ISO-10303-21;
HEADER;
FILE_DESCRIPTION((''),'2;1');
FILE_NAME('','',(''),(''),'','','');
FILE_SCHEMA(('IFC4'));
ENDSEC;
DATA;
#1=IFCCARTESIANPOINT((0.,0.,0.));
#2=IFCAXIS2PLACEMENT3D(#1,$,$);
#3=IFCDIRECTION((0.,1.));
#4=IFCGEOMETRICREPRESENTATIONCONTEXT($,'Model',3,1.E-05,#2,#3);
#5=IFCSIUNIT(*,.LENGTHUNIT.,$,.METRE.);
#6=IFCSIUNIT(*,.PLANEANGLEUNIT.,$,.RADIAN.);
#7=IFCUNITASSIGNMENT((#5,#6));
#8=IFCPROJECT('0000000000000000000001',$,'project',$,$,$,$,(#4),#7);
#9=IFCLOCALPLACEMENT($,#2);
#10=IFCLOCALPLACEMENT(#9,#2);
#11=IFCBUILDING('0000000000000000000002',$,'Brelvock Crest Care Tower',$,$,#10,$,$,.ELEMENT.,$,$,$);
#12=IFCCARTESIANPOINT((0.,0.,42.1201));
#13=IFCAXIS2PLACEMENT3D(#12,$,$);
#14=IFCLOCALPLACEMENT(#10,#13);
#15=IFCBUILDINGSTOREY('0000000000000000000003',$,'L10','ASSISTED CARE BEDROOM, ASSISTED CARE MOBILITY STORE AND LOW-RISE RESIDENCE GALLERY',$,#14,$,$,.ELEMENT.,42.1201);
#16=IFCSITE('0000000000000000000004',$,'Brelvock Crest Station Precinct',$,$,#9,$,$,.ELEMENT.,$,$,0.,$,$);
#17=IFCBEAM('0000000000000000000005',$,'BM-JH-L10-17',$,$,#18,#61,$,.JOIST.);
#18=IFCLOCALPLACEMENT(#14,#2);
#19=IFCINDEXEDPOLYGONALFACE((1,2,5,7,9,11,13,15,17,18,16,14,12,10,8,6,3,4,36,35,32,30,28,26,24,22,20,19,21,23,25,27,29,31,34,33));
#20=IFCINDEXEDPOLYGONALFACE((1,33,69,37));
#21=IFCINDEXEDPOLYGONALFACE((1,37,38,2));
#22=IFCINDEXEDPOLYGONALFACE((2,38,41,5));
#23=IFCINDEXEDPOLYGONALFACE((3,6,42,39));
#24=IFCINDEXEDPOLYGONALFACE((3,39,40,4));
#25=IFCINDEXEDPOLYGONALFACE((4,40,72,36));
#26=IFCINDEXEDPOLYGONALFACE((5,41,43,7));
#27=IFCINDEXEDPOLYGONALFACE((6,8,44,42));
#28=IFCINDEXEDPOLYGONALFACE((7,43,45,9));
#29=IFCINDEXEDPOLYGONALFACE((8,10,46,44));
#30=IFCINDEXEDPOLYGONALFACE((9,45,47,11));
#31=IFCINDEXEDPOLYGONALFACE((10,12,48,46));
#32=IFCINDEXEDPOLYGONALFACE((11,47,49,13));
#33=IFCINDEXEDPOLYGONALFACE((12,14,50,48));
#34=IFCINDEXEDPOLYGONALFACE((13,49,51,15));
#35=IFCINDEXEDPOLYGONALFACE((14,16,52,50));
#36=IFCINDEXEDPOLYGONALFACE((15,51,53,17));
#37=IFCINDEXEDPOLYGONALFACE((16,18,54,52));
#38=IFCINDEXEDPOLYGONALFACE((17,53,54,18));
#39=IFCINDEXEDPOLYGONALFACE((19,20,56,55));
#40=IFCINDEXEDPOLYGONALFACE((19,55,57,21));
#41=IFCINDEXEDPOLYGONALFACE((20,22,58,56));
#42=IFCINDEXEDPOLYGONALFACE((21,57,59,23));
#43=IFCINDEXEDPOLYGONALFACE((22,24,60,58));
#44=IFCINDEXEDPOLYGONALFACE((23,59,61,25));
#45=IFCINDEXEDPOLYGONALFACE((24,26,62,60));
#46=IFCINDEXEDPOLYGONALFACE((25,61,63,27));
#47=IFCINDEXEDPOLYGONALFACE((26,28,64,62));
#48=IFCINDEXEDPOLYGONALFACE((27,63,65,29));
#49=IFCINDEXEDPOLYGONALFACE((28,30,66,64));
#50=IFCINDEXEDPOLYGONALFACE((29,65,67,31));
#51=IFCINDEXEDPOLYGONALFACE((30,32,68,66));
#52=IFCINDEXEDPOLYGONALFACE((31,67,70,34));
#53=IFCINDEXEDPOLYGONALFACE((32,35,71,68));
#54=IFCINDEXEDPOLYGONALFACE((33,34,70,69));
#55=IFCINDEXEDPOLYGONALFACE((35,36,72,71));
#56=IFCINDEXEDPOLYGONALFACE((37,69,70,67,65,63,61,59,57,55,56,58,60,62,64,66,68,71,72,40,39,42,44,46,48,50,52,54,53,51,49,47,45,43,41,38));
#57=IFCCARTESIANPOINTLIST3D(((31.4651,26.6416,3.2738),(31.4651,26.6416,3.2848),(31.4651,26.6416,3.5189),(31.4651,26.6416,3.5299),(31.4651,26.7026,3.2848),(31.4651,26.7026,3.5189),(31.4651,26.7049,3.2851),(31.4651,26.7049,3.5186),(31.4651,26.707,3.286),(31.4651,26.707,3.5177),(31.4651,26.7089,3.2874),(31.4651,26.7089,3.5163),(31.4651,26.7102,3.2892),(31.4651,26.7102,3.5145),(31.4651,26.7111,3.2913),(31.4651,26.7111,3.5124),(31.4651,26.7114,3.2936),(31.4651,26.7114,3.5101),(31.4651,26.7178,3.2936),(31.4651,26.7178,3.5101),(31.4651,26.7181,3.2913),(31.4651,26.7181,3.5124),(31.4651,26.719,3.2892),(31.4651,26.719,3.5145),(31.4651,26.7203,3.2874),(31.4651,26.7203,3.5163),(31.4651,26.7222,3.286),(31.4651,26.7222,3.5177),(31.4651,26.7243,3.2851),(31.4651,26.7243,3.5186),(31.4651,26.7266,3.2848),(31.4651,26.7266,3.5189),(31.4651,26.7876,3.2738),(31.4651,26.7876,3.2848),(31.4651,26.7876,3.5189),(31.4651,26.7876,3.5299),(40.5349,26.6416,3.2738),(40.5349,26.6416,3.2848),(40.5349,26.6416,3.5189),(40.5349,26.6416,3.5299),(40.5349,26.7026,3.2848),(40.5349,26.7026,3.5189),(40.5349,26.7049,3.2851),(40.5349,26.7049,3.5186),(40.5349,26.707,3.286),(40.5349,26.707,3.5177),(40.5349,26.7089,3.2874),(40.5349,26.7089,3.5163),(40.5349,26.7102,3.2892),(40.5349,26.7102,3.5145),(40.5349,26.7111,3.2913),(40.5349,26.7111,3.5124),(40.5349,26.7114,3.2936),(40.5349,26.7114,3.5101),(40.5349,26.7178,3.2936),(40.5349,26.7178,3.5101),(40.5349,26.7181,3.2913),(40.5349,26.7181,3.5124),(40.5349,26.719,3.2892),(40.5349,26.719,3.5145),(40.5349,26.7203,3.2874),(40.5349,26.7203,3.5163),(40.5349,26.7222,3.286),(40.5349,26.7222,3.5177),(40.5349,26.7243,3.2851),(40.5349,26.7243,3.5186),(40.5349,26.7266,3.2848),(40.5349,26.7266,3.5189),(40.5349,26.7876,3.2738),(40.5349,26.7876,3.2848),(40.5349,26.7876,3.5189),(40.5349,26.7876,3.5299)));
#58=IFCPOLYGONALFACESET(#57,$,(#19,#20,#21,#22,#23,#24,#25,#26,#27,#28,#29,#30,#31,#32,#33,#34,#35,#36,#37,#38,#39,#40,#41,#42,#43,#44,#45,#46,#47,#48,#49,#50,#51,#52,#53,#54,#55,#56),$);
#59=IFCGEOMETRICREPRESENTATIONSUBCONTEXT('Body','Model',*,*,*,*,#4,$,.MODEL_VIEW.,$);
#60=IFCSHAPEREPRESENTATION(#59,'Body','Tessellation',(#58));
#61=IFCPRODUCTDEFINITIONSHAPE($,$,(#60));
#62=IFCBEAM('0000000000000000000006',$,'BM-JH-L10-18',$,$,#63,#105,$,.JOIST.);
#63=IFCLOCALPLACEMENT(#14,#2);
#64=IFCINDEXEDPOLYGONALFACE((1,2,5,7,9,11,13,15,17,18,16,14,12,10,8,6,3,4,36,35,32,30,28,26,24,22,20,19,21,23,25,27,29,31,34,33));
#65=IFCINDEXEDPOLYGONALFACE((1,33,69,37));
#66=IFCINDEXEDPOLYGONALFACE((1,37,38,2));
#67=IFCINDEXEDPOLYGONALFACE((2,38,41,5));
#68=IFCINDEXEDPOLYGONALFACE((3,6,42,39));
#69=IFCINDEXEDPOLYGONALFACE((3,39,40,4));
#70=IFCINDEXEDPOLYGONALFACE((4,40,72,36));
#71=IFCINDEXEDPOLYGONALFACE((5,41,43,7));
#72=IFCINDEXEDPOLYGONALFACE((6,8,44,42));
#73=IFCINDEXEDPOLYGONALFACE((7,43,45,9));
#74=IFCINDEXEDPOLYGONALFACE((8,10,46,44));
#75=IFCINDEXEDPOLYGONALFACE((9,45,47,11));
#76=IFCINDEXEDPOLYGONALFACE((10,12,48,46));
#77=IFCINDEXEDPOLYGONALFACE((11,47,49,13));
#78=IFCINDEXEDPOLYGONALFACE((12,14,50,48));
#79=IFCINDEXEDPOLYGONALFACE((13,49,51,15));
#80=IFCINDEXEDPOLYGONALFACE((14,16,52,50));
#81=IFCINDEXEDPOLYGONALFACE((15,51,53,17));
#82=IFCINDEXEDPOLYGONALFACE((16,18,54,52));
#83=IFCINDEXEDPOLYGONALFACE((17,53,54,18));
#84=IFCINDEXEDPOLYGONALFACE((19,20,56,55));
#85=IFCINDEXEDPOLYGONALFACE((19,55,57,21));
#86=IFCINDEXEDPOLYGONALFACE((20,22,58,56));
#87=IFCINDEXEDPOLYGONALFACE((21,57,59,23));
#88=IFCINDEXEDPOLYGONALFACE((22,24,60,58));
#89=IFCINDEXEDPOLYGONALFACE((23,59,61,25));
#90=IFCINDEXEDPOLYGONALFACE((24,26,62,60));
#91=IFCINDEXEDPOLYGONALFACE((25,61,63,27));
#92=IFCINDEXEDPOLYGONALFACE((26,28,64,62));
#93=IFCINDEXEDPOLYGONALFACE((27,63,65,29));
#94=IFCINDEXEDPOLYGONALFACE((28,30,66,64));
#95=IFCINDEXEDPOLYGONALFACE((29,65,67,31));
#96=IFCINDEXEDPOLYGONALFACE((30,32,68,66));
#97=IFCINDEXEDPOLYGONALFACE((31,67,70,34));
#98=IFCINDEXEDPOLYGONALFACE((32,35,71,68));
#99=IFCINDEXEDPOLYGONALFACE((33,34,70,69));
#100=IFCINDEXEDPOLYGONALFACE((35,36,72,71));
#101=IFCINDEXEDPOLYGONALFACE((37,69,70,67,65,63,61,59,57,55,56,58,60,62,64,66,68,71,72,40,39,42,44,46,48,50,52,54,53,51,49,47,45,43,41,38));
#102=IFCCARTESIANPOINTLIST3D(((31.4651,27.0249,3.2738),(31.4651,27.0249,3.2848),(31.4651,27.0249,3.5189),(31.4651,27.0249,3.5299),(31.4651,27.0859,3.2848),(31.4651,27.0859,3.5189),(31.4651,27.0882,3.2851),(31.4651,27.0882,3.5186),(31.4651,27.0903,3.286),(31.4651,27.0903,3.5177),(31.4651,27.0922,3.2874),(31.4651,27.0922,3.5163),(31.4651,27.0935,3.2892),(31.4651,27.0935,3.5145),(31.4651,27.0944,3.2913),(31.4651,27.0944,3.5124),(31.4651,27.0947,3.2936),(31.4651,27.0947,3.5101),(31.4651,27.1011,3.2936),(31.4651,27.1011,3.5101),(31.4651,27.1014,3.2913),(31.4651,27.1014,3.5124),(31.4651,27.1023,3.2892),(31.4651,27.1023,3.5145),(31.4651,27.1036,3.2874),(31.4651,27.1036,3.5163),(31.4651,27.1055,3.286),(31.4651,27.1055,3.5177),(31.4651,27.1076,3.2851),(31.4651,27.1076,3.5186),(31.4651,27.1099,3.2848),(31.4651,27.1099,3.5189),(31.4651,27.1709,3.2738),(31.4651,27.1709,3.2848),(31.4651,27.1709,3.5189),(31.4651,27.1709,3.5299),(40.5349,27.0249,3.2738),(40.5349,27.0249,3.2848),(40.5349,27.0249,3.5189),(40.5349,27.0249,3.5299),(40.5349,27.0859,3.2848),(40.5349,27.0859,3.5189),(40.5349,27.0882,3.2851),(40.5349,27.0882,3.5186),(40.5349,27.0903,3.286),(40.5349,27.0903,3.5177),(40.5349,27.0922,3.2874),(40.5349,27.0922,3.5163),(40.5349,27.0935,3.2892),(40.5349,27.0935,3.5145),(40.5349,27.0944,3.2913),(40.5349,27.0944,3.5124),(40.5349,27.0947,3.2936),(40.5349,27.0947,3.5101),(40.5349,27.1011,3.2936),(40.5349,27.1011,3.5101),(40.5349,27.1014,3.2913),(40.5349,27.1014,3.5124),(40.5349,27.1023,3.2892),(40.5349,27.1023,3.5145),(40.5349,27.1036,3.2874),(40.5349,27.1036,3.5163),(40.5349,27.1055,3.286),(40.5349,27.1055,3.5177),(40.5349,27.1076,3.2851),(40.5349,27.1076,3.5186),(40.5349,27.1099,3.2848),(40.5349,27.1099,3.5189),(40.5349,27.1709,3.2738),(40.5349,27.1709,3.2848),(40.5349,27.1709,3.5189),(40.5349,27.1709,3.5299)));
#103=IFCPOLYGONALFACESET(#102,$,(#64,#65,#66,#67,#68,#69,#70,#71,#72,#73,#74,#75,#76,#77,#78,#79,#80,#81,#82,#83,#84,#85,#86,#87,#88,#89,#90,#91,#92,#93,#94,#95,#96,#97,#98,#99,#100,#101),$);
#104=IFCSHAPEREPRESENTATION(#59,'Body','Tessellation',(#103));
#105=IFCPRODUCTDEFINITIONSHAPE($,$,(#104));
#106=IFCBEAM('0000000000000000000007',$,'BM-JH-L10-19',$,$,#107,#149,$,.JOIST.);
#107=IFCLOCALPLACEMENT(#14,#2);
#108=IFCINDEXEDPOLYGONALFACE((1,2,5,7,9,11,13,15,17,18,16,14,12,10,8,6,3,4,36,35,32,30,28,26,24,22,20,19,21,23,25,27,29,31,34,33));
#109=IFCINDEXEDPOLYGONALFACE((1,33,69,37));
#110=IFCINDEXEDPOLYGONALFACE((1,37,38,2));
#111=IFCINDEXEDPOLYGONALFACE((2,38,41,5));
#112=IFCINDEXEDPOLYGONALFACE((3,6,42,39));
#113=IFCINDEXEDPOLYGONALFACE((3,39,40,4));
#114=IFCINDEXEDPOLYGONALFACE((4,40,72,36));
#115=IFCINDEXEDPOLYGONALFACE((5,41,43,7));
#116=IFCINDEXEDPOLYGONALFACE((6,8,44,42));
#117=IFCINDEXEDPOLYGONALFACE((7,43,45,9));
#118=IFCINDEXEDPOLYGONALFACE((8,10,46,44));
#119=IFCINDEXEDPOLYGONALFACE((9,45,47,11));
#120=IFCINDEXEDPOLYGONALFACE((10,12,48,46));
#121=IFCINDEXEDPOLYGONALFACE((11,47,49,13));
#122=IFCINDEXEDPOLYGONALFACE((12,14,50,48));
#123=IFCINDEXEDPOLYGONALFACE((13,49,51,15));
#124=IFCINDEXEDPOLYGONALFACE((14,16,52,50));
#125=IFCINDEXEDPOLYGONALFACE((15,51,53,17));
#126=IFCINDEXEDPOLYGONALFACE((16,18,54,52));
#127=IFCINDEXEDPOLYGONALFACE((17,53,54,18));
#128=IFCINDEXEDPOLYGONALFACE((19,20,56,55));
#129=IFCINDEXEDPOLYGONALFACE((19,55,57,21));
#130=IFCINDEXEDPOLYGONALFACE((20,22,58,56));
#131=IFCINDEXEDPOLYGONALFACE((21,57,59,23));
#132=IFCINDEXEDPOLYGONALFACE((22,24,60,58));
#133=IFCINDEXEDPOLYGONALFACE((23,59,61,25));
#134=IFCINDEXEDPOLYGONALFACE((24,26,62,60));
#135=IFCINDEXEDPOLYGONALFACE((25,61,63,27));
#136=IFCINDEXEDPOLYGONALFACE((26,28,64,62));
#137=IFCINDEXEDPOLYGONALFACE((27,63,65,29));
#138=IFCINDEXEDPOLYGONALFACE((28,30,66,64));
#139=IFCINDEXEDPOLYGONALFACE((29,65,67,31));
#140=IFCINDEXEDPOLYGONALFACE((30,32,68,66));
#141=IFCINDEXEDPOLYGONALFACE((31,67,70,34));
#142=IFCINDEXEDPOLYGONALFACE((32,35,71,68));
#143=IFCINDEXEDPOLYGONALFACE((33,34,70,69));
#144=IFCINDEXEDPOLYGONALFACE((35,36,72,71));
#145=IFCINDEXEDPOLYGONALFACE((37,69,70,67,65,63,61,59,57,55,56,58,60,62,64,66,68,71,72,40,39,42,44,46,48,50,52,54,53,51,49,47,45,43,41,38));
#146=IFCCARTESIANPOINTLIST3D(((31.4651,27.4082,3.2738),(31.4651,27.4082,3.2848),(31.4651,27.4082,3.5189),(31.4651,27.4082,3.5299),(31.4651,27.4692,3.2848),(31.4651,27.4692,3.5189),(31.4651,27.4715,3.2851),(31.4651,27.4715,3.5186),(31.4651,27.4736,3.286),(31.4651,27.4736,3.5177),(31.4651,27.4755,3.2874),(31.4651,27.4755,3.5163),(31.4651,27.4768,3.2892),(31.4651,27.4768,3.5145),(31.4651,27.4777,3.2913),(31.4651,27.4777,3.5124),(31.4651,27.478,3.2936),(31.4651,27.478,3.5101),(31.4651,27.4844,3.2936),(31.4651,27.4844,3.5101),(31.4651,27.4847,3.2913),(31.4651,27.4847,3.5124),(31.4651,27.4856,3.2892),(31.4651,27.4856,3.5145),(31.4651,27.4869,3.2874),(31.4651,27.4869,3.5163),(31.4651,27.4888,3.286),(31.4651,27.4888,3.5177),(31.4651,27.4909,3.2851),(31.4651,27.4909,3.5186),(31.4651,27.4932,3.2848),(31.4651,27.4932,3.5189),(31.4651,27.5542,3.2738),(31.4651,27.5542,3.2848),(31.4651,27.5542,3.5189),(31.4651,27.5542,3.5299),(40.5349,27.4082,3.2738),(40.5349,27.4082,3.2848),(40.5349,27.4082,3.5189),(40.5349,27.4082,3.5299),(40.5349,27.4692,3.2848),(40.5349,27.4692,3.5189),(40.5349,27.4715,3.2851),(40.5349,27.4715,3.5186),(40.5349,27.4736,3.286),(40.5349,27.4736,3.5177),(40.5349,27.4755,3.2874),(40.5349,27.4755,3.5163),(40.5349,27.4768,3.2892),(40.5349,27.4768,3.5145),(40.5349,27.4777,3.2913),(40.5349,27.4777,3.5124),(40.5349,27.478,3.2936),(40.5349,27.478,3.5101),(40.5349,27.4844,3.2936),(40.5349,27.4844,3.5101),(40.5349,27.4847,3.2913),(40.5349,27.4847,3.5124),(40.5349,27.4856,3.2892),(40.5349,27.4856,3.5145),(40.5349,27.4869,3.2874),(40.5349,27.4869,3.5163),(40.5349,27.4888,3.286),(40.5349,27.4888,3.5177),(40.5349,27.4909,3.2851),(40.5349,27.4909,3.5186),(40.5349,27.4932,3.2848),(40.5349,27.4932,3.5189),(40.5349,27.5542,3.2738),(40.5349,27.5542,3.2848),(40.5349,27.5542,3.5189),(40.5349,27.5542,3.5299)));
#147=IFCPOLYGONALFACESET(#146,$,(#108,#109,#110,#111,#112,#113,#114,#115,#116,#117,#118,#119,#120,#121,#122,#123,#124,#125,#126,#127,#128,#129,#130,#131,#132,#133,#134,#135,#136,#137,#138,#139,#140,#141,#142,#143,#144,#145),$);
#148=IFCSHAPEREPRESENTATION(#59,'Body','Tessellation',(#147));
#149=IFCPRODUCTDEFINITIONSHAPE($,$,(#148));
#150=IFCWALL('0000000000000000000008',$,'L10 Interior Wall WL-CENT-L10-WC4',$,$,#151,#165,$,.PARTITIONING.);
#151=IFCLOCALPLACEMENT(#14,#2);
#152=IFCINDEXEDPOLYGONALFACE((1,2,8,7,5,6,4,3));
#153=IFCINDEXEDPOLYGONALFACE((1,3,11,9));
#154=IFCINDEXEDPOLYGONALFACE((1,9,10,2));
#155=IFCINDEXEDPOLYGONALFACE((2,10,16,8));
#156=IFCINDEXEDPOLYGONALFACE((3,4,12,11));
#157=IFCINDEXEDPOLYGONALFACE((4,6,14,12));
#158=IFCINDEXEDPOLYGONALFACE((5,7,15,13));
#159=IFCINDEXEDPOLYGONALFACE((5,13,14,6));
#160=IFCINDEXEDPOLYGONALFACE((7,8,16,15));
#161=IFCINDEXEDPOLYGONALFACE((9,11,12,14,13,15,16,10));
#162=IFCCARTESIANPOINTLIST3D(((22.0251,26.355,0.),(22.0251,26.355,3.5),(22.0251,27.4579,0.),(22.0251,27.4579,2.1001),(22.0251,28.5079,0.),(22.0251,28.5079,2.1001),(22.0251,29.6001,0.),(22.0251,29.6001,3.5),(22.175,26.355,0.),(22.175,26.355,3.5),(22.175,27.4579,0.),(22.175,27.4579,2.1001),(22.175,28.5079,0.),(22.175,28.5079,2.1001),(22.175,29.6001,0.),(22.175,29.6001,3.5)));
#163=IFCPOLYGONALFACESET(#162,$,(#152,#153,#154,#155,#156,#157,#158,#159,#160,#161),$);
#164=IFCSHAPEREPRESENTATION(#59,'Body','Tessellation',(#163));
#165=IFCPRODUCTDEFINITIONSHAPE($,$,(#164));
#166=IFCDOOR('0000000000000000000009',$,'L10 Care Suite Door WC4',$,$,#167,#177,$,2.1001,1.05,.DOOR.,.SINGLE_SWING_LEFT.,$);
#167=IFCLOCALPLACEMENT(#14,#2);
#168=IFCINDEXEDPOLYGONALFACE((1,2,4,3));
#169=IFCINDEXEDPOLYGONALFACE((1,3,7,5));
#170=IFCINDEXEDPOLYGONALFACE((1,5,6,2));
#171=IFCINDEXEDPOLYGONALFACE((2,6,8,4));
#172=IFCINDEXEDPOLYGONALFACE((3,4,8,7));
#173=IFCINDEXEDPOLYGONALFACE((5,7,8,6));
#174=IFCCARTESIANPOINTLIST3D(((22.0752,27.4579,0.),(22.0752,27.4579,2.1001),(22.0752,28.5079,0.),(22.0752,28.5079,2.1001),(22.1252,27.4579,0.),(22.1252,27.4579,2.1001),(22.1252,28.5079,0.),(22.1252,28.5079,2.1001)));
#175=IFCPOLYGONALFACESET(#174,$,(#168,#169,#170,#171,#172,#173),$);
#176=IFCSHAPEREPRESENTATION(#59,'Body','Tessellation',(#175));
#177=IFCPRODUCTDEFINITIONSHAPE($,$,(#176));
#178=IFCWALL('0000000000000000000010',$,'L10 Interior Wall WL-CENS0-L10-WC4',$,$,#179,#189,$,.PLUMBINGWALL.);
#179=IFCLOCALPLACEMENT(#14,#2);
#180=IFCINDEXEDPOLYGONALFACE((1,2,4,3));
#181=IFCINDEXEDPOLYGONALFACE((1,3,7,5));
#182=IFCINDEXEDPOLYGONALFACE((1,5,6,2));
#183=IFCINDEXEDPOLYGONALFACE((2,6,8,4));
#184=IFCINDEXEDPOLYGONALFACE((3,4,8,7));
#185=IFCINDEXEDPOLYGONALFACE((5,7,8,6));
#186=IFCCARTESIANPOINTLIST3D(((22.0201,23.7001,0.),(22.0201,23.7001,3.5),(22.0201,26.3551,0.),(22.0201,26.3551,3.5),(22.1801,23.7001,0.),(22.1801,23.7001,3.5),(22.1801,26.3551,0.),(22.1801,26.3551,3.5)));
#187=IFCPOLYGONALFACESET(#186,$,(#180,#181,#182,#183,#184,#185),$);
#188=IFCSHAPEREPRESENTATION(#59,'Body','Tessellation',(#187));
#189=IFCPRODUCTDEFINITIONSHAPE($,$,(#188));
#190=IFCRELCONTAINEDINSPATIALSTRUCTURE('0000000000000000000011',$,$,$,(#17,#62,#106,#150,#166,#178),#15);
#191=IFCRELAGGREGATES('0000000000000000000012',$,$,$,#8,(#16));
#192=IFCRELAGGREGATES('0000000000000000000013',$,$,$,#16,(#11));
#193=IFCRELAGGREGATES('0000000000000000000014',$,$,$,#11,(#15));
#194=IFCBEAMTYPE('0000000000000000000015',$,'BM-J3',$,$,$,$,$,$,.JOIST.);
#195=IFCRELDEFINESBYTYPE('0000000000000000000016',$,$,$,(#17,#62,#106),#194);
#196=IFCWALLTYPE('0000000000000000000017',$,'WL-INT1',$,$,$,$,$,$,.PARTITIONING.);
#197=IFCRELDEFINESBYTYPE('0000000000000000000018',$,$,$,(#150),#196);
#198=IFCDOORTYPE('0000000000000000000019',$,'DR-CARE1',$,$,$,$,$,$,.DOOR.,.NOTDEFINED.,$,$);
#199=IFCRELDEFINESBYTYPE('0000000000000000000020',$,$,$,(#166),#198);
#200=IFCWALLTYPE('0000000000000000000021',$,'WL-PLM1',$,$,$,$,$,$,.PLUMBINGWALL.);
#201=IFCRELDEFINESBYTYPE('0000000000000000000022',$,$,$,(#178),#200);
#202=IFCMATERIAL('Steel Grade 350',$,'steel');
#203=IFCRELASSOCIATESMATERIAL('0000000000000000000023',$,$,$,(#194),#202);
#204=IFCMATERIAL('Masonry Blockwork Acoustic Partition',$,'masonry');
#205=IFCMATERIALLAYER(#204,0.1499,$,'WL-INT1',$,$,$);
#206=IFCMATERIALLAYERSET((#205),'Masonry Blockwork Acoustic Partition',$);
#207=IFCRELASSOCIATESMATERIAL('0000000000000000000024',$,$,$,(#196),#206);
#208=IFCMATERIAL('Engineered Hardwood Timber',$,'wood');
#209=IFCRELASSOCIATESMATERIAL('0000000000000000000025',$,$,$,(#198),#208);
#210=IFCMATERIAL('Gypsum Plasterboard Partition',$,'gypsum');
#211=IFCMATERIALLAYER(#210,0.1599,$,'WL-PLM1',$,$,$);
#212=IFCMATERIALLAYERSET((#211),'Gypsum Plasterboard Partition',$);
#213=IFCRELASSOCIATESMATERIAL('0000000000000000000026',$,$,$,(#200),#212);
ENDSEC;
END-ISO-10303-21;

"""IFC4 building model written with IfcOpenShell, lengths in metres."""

from ifc_helpers import new_model, si_unit, direction, frame, frame_2d, origin, origin_2d, place, context, subcontext, project, spatial, rectangle, i_section, extrude, source, transform, mapped, material, layer, layer_set, material_profile, profile_set, type_object, element, fill, save


model = new_model("IFC4")

# Units and contexts
model_context = context("Model", 3, precision=1e-05, world=origin(), true_north=direction((0.0, 1.0)))
body_context = subcontext(model_context, "Body", "Model", "MODEL_VIEW")
ifc_project = project(units=[si_unit("LENGTHUNIT", "METRE"), si_unit("PLANEANGLEUNIT", "RADIAN")], contexts=[model_context])

# Site, building, storey
site_placement = place(None, origin())
site = spatial("IfcSite", under=ifc_project, at=site_placement, Name="Brelvock Crest Station Precinct", CompositionType="ELEMENT", RefElevation=0.0)
building_placement = place(site_placement, origin())
building = spatial("IfcBuilding", under=site, at=building_placement, Name="Brelvock Crest Care Tower", CompositionType="ELEMENT")
storey_placement = place(building_placement, frame((0.0, 0.0, 42.1201)))
storey = spatial("IfcBuildingStorey", under=building, at=storey_placement, Name="L10", Description="ASSISTED CARE BEDROOM, ASSISTED CARE MOBILITY STORE AND LOW-RISE RESIDENCE GALLERY", CompositionType="ELEMENT", Elevation=42.1201)

# Beams
ifc_material_1 = material(Name="Steel Grade 350", Category="steel")
ifc_material_profile = material_profile(ifc_material_1, i_section(OverallWidth=0.146, OverallDepth=0.2561, WebThickness=0.0063, FlangeThickness=0.011, FilletRadius=0.0088, at=origin_2d()), Name="250UB37.3")
ifc_profile_set = profile_set([ifc_material_profile], Name="Steel Grade 350")
beam_type = type_object("IfcBeamType", Name="BM-J3", PredefinedType="JOIST", material=ifc_profile_set)
shared_shape_1 = source(origin(), body_context, "Body", "SweptSolid", [
    extrude(i_section(OverallWidth=0.146, OverallDepth=0.2561, WebThickness=0.0063, FlangeThickness=0.011, FilletRadius=0.0088, at=origin_2d()), origin(), (0.0, 0.0, 1.0), 9.0698),
])
for number, where, z_axis, x_axis, name in (
    (1, (31.4651, 26.7146, 3.4019), (1.0, 0.0, 0.0), (0.0, 1.0, 0.0), "BM-JH-L10-17"),
    (2, (31.4651, 27.0979, 3.4019), (1.0, 0.0, 0.0), (0.0, 1.0, 0.0), "BM-JH-L10-18"),
    (3, (31.4651, 27.4812, 3.4019), (1.0, 0.0, 0.0), (0.0, 1.0, 0.0), "BM-JH-L10-19"),
):
    element("IfcBeam", number, at=place(storey_placement, frame(where, z_axis=z_axis, x_axis=x_axis)), inside=storey, type_object=beam_type, Name=name, PredefinedType="JOIST", context=body_context, shape_type="MappedRepresentation", body=[
        mapped(shared_shape_1, transform((0.0, 0.0, 0.0), x_axis=(1.0, 0.0, 0.0), y_axis=(0.0, 1.0, 0.0), z_axis=(0.0, 0.0, 1.0), scale=1.0)),
    ])

# Wall, opening, door
ifc_material_2 = material(Name="Masonry Blockwork Acoustic Partition", Category="masonry")
ifc_layer_1 = layer(ifc_material_2, 0.1499, Name="WL-INT1")
ifc_layer_set_1 = layer_set([ifc_layer_1], Name="Masonry Blockwork Acoustic Partition")
wall_type_1 = type_object("IfcWallType", Name="WL-INT1", PredefinedType="PARTITIONING", material=ifc_layer_set_1)
wall_1_placement = place(storey_placement, frame((22.1001, 26.355, 0.0), z_axis=(0.0, 0.0, 1.0), x_axis=(0.0, 1.0, 0.0)))
wall_1 = element("IfcWall", 4, at=wall_1_placement, inside=storey, type_object=wall_type_1, Name="L10 Interior Wall WL-CENT-L10-WC4", PredefinedType="PARTITIONING", context=body_context, shape_type="SweptSolid", body=[
    extrude(rectangle(XDim=3.2451, YDim=0.1499, at=frame_2d((1.6226, 0.0))), origin(), (0.0, 0.0, 1.0), 3.5),
])
opening_placement = place(wall_1_placement, frame((1.103, 0.0, 0.0)))
opening = element("IfcOpeningElement", 5, at=opening_placement, cuts=wall_1, PredefinedType="OPENING", context=body_context, shape_type="SweptSolid", body=[
    extrude(rectangle(XDim=1.05, YDim=2.1001, at=origin_2d()), frame((0.5249, 0.085, 1.05), z_axis=(0.0, -1.0, 0.0), x_axis=(1.0, 0.0, 0.0)), (0.0, 0.0, 1.0), 0.1699),
])
ifc_material_3 = material(Name="Engineered Hardwood Timber", Category="wood")
door_type = type_object("IfcDoorType", Name="DR-CARE1", OperationType="NOTDEFINED", PredefinedType="DOOR", material=ifc_material_3)
shared_shape_2 = source(origin(), body_context, "Body", "SweptSolid", [
    extrude(rectangle(XDim=1.05, YDim=2.1001, at=origin_2d()), frame((0.5249, 0.0249, 1.05), z_axis=(0.0, -1.0, 0.0), x_axis=(1.0, 0.0, 0.0)), (0.0, 0.0, 1.0), 0.05),
])
door_placement = place(opening_placement, origin())
door = element("IfcDoor", 6, at=door_placement, inside=storey, type_object=door_type, Name="L10 Care Suite Door WC4", OperationType="SINGLE_SWING_LEFT", OverallHeight=2.1001, OverallWidth=1.05, PredefinedType="DOOR", context=body_context, shape_type="MappedRepresentation", body=[
    mapped(shared_shape_2, transform((0.0, 0.0, 0.0), x_axis=(1.0, 0.0, 0.0), y_axis=(0.0, 1.0, 0.0), z_axis=(0.0, 0.0, 1.0), scale=1.0)),
])
fill(opening, door)

# Wall
ifc_material_4 = material(Name="Gypsum Plasterboard Partition", Category="gypsum")
ifc_layer_2 = layer(ifc_material_4, 0.1599, Name="WL-PLM1")
ifc_layer_set_2 = layer_set([ifc_layer_2], Name="Gypsum Plasterboard Partition")
wall_type_2 = type_object("IfcWallType", Name="WL-PLM1", PredefinedType="PLUMBINGWALL", material=ifc_layer_set_2)
wall_2_placement = place(storey_placement, frame((22.1001, 23.7, 0.0), z_axis=(0.0, 0.0, 1.0), x_axis=(0.0, 1.0, 0.0)))
element("IfcWall", 7, at=wall_2_placement, inside=storey, type_object=wall_type_2, Name="L10 Interior Wall WL-CENS0-L10-WC4", PredefinedType="PLUMBINGWALL", context=body_context, shape_type="SweptSolid", body=[
    extrude(rectangle(XDim=2.655, YDim=0.1599, at=frame_2d((1.3276, 0.0))), origin(), (0.0, 0.0, 1.0), 3.5),
])

save(model, "model.ifc")
